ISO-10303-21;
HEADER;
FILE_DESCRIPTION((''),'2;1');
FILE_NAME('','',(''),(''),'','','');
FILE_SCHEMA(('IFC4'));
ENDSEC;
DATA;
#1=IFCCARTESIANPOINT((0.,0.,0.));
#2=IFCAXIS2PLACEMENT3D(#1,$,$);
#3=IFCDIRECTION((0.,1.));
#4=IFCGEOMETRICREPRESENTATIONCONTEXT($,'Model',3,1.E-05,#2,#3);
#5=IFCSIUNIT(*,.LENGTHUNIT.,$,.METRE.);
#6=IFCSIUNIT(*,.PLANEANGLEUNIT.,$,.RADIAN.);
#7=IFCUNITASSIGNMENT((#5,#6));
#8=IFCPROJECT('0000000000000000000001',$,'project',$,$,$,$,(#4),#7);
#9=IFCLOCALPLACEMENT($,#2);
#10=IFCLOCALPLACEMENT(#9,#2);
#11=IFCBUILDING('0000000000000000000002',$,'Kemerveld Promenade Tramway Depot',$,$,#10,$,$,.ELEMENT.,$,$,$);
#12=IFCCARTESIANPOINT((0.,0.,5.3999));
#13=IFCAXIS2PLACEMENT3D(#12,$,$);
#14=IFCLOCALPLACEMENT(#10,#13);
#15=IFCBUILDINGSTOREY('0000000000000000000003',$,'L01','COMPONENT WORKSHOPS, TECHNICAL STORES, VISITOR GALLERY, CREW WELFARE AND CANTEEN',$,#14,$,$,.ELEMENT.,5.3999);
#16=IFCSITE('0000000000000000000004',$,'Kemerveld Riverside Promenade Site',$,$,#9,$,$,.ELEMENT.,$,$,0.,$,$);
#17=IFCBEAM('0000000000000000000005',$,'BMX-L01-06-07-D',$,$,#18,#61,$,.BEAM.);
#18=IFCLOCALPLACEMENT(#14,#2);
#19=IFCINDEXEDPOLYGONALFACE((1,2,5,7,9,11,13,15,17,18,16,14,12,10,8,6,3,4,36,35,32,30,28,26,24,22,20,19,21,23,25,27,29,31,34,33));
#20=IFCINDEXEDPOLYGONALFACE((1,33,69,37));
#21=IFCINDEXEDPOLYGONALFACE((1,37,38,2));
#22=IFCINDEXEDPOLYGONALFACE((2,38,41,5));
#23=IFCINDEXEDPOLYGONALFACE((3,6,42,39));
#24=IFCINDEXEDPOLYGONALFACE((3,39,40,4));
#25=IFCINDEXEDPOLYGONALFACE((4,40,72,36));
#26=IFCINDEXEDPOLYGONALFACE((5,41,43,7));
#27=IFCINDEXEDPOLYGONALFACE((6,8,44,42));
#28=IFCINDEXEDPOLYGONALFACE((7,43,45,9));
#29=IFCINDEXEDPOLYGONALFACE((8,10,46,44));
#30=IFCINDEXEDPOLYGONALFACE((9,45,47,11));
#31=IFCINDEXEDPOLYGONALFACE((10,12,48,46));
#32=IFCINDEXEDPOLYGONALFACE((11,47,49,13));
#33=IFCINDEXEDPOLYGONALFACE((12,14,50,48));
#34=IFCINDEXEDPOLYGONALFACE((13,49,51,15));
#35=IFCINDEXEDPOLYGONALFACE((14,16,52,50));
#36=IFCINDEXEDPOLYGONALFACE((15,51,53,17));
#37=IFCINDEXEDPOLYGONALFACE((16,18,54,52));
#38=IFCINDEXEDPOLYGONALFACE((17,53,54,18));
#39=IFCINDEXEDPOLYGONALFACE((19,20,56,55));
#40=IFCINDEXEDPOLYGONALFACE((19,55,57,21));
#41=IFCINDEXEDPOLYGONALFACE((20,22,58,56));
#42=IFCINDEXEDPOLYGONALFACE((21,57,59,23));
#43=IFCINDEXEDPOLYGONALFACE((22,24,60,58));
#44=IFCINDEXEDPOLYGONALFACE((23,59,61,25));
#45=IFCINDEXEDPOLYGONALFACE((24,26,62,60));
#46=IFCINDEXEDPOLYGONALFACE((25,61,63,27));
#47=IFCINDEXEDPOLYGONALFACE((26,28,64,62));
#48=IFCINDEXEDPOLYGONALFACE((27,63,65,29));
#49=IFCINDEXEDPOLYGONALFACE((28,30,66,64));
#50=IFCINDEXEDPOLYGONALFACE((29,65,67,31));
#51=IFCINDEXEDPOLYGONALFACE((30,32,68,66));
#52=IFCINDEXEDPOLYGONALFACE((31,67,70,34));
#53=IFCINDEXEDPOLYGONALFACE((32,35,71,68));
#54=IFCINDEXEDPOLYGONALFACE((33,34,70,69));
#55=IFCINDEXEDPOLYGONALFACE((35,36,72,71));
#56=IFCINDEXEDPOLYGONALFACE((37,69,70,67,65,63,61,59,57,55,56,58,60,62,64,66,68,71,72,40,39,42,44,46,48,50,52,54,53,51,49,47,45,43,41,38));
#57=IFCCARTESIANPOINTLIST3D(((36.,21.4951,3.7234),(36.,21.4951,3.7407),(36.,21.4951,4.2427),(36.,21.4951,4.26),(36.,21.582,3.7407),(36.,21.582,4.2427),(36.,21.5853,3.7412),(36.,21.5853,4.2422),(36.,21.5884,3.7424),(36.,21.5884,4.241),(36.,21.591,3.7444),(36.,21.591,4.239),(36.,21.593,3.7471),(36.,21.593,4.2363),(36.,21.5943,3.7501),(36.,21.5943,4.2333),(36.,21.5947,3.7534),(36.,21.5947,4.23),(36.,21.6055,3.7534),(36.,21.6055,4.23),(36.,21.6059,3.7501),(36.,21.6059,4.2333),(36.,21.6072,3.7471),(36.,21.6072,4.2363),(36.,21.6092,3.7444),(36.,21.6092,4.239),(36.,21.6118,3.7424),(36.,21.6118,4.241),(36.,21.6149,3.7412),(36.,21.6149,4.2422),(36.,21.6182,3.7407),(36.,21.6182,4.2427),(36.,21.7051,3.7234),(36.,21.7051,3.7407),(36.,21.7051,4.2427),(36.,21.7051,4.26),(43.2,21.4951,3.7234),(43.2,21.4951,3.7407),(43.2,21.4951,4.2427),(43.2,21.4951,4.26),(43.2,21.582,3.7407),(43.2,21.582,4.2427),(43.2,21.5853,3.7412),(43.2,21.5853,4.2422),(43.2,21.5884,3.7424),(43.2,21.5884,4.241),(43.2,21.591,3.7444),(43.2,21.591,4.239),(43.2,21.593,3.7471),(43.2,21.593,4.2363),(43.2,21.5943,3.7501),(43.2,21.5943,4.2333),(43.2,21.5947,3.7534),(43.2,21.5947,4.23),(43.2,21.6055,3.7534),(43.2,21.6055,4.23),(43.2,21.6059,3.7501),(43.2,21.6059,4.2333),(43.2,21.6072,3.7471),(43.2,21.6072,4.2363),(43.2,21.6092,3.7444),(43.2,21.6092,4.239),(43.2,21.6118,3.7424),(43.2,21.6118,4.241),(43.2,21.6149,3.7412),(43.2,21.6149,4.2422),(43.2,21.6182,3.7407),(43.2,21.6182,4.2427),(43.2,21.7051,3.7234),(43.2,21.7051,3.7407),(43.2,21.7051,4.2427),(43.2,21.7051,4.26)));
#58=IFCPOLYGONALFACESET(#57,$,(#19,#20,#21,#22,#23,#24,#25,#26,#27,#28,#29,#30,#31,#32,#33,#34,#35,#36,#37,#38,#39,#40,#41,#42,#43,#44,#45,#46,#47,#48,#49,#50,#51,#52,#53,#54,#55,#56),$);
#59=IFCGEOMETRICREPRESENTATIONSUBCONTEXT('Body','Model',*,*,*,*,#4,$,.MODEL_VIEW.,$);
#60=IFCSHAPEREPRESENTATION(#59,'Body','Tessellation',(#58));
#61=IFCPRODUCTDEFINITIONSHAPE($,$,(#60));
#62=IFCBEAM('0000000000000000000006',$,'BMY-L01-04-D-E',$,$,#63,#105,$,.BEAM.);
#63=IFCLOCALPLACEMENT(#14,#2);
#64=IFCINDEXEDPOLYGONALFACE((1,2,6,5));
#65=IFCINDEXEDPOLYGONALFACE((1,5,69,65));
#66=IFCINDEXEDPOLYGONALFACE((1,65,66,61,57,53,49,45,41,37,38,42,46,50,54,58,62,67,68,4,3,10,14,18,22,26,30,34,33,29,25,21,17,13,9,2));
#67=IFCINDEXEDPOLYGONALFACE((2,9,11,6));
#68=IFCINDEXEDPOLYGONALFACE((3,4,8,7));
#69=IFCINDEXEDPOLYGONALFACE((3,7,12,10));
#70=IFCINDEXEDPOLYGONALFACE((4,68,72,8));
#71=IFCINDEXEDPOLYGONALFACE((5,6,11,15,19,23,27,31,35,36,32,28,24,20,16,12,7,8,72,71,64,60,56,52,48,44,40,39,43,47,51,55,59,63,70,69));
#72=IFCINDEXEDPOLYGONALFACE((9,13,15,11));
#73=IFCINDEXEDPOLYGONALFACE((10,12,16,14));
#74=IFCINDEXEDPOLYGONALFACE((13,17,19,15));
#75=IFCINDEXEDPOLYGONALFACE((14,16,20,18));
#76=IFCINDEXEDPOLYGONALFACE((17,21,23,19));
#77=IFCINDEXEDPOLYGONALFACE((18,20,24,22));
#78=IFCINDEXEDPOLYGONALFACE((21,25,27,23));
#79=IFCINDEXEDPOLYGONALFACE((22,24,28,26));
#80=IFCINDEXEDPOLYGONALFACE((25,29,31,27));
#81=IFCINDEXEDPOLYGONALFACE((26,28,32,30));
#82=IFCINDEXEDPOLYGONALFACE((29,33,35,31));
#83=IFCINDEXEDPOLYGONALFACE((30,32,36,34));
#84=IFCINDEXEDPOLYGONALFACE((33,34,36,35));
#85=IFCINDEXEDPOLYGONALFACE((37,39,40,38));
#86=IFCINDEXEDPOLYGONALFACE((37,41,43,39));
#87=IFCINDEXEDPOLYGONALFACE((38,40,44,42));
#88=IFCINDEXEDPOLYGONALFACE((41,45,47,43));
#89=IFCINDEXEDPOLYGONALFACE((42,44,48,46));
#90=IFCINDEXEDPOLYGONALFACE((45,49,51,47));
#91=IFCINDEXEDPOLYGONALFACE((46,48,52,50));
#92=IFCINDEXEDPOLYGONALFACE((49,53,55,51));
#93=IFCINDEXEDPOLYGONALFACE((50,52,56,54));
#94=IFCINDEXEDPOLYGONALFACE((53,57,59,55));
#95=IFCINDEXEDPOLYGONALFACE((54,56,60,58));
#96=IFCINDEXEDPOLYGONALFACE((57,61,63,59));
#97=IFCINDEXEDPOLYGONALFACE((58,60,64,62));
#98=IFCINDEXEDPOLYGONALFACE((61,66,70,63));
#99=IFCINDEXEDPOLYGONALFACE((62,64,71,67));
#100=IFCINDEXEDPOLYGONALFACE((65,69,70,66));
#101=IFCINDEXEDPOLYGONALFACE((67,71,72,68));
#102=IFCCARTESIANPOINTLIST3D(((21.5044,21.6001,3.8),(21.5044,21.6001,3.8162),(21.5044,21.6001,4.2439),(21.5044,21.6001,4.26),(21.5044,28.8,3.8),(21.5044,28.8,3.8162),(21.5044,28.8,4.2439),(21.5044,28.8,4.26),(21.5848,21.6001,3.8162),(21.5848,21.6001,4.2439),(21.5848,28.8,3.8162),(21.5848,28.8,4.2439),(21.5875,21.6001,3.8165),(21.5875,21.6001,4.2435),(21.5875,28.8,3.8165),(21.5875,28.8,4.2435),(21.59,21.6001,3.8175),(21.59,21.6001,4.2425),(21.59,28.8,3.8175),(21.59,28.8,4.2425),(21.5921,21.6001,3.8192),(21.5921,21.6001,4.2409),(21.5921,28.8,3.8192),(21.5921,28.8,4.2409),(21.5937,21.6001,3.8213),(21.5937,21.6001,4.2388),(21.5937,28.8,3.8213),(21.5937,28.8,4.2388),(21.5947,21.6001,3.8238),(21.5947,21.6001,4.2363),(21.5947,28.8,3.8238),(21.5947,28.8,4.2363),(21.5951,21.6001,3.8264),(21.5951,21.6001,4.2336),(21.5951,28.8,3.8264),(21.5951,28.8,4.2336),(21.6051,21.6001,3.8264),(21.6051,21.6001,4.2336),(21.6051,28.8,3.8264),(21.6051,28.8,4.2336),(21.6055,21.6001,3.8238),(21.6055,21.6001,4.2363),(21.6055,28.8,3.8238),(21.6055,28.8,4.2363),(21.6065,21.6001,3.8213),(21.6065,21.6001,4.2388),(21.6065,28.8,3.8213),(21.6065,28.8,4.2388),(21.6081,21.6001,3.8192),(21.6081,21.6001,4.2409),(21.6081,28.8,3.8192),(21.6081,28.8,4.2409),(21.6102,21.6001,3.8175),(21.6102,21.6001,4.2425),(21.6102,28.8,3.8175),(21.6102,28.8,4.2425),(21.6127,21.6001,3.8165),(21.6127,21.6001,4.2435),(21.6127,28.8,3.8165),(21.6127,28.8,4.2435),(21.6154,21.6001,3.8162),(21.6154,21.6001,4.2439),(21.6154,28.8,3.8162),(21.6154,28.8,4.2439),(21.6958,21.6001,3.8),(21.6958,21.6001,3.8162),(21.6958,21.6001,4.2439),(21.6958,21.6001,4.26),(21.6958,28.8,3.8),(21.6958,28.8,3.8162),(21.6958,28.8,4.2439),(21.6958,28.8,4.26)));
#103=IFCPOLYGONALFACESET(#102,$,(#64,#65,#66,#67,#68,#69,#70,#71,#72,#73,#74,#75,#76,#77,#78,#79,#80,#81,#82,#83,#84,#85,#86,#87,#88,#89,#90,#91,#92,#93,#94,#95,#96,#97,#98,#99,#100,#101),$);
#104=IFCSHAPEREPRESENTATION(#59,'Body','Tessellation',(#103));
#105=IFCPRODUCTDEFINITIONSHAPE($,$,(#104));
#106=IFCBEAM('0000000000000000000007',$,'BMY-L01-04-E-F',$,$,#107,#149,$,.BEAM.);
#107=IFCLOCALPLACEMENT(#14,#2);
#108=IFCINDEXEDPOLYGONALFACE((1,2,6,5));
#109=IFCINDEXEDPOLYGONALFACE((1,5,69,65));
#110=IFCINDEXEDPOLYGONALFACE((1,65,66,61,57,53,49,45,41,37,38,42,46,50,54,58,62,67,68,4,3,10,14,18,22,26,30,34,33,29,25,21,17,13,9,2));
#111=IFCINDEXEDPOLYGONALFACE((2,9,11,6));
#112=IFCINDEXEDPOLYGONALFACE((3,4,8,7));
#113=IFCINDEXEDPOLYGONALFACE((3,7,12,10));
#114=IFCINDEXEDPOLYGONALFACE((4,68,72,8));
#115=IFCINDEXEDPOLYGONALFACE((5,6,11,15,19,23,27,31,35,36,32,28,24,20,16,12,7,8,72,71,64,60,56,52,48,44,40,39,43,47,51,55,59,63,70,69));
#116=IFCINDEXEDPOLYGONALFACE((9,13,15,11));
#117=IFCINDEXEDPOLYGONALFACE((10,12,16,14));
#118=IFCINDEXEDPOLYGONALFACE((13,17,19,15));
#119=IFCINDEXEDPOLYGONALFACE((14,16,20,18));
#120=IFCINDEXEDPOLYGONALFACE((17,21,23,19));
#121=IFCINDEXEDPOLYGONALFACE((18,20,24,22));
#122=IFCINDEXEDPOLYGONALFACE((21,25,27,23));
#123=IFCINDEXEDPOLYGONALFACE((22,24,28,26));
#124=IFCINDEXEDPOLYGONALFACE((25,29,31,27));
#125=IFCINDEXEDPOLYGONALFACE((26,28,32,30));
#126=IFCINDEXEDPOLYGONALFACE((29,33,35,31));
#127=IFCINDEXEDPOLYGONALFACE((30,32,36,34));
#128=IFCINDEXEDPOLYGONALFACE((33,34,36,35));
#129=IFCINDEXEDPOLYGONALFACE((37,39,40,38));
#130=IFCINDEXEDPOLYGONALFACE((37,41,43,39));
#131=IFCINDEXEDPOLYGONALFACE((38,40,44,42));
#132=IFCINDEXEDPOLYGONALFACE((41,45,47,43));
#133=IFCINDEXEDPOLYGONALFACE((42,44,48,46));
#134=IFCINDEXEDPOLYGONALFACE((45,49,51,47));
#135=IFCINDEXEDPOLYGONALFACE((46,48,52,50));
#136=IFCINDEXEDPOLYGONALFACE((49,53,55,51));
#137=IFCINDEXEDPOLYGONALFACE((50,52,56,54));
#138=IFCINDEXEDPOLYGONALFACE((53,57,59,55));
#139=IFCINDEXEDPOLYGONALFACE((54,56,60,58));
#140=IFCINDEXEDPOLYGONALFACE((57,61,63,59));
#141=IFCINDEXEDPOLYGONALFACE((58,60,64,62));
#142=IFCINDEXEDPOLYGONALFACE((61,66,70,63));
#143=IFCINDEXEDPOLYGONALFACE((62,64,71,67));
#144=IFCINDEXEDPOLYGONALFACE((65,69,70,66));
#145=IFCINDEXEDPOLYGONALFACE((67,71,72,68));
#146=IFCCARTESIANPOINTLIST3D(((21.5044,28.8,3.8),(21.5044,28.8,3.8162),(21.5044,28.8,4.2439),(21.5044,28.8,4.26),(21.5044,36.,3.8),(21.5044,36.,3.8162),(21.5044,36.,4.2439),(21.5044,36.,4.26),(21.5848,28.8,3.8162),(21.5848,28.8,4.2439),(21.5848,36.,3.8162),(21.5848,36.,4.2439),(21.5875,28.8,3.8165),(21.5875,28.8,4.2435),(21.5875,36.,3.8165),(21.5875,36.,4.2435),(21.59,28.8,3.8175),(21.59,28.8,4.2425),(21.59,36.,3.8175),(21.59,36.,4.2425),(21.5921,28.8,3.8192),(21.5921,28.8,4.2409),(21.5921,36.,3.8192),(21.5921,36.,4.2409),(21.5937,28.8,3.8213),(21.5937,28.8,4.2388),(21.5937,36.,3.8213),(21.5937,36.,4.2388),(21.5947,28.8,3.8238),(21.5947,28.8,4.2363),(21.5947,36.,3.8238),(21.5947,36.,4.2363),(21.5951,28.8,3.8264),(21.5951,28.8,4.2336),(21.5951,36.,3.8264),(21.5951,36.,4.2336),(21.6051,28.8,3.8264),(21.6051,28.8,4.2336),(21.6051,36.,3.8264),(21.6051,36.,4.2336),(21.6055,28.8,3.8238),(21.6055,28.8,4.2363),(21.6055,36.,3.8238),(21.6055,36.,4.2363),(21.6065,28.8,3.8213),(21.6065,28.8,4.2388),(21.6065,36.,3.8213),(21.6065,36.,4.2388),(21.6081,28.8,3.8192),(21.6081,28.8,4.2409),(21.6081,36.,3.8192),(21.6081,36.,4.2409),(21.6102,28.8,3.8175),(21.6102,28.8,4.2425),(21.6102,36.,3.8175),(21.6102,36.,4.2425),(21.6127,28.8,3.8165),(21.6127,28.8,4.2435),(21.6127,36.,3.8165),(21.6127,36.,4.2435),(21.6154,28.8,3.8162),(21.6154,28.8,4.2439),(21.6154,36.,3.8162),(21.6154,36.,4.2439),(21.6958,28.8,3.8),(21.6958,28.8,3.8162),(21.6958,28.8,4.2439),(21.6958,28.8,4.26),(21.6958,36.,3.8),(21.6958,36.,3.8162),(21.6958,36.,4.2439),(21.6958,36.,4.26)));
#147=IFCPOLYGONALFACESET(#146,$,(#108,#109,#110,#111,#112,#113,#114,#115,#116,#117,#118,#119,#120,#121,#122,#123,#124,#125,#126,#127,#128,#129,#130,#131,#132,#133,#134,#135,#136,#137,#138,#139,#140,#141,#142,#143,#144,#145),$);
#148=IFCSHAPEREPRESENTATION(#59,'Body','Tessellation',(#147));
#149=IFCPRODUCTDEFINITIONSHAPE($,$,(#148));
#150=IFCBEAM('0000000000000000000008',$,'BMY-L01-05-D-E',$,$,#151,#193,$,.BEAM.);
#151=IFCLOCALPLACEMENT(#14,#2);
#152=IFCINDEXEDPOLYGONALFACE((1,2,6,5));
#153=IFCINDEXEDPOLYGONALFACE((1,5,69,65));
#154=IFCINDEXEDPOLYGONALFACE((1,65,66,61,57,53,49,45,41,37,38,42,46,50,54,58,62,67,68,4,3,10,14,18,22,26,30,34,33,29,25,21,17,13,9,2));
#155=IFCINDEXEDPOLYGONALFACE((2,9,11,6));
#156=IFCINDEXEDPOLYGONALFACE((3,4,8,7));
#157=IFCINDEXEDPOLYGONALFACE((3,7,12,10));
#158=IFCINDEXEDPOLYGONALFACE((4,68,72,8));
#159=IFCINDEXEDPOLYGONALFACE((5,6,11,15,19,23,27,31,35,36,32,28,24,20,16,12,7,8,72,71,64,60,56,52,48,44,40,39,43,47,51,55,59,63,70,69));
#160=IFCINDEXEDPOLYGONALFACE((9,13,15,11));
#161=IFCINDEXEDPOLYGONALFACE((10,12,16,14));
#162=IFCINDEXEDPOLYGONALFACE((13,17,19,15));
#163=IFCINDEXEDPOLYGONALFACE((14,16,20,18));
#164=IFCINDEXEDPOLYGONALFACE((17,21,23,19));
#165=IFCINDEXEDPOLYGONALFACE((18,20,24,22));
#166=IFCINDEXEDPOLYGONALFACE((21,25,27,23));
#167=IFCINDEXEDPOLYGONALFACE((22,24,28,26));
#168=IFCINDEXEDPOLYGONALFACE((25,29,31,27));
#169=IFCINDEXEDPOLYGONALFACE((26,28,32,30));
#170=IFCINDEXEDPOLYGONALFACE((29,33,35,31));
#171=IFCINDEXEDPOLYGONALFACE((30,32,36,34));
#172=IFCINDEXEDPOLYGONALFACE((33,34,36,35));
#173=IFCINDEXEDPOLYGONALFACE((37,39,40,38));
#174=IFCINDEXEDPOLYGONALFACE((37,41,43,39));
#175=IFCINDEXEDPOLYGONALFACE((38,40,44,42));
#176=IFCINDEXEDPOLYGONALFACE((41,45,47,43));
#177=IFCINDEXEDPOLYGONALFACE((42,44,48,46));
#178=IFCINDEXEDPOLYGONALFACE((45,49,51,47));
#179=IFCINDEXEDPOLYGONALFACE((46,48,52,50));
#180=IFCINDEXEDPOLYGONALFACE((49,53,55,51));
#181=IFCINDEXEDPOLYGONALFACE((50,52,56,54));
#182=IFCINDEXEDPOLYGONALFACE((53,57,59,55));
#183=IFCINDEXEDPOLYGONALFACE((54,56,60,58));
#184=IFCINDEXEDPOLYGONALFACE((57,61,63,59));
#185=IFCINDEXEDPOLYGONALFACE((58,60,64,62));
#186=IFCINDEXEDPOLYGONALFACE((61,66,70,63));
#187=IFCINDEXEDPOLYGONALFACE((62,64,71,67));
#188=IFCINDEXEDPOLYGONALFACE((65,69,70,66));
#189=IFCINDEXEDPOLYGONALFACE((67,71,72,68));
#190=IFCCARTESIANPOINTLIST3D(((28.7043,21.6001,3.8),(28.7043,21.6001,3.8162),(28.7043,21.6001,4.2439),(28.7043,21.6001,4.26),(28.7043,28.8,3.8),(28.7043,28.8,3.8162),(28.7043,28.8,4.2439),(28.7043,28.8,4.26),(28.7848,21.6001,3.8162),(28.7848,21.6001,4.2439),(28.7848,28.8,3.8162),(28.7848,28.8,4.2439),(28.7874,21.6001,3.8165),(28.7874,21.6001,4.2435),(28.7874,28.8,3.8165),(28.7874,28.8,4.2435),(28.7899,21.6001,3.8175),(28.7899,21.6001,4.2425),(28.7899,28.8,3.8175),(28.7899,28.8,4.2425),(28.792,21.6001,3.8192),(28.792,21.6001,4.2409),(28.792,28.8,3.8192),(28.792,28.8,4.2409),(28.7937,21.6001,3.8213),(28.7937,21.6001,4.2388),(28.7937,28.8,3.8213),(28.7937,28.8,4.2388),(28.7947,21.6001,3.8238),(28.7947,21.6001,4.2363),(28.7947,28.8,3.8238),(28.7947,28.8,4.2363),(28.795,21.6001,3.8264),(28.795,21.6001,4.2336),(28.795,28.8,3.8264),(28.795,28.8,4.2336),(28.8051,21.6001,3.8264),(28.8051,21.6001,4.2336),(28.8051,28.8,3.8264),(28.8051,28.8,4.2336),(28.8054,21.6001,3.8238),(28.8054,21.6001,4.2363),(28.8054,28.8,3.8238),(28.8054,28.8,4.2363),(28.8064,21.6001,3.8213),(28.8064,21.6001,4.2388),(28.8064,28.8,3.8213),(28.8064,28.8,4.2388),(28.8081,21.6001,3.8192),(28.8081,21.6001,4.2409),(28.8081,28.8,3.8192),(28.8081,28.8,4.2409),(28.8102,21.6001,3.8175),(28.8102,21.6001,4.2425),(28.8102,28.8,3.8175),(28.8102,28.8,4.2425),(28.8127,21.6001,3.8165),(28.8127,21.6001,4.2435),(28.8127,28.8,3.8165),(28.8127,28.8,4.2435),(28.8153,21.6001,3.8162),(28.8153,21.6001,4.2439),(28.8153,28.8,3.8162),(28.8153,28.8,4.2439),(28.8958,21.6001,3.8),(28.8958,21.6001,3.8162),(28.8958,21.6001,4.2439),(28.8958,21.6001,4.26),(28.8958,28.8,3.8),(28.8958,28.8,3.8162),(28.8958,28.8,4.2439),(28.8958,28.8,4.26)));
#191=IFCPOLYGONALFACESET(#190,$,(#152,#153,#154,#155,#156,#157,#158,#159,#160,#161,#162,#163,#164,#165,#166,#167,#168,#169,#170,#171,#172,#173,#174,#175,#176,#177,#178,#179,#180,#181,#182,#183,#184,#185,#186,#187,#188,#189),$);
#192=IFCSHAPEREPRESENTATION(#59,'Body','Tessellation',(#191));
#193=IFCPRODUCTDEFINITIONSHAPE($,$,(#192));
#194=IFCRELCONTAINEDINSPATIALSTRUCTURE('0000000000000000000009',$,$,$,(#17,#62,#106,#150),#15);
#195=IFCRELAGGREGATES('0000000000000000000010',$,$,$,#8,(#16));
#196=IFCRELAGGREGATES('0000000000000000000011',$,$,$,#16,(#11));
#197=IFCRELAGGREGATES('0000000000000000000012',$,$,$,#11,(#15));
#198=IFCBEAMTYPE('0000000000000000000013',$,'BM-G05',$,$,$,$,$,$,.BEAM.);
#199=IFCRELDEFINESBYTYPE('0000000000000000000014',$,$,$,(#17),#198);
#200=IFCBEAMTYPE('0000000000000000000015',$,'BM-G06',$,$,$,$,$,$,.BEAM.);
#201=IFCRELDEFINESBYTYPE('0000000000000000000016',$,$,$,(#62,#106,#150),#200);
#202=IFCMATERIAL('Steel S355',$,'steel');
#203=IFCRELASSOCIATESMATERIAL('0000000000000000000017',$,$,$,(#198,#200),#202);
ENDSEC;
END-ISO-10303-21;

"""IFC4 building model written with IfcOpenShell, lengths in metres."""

from ifc_helpers import new_model, si_unit, direction, frame, origin, origin_2d, place, context, subcontext, project, spatial, i_section, extrude, material, material_profile, profile_set, type_object, element, save


model = new_model("IFC4")

# Units and contexts
model_context = context("Model", 3, precision=1e-05, world=origin(), true_north=direction((0.0, 1.0)))
body_context = subcontext(model_context, "Body", "Model", "MODEL_VIEW")
ifc_project = project(units=[si_unit("LENGTHUNIT", "METRE"), si_unit("PLANEANGLEUNIT", "RADIAN")], contexts=[model_context])

# Site, building, storey
site_placement = place(None, origin())
site = spatial("IfcSite", under=ifc_project, at=site_placement, Name="Kemerveld Riverside Promenade Site", CompositionType="ELEMENT", RefElevation=0.0)
building_placement = place(site_placement, origin())
building = spatial("IfcBuilding", under=site, at=building_placement, Name="Kemerveld Promenade Tramway Depot", CompositionType="ELEMENT")
storey_placement = place(building_placement, frame((0.0, 0.0, 5.3999)))
storey = spatial("IfcBuildingStorey", under=building, at=storey_placement, Name="L01", Description="COMPONENT WORKSHOPS, TECHNICAL STORES, VISITOR GALLERY, CREW WELFARE AND CANTEEN", CompositionType="ELEMENT", Elevation=5.3999)

# Shared definitions
ifc_material_1 = material(Name="Steel S355", Category="steel")

# Beams
ifc_material_profile_1 = material_profile(ifc_material_1, i_section(OverallWidth=0.21, OverallDepth=0.5366, WebThickness=0.0107, FlangeThickness=0.0173, FilletRadius=0.0127, at=origin_2d()), Name="533x210x101 UB")
ifc_profile_set_1 = profile_set([ifc_material_profile_1], Name="Steel S355")
beam_type_1 = type_object("IfcBeamType", Name="BM-G05", PredefinedType="BEAM", material=ifc_profile_set_1)
for number, where, z_axis, x_axis, name in (
    (1, (36.0, 21.6001, 3.9917), (1.0, 0.0, 0.0), (0.0, 1.0, 0.0), "BMX-L01-06-07-D"),
):
    element("IfcBeam", number, at=place(storey_placement, frame(where, z_axis=z_axis, x_axis=x_axis)), inside=storey, type_object=beam_type_1, Name=name, PredefinedType="BEAM", context=body_context, shape_type="SweptSolid", body=[
        extrude(i_section(OverallWidth=0.21, OverallDepth=0.5366, WebThickness=0.0107, FlangeThickness=0.0173, FilletRadius=0.0127, at=origin_2d()), origin(), (0.0, 0.0, 1.0), 7.2),
    ])
ifc_material_profile_2 = material_profile(ifc_material_1, i_section(OverallWidth=0.1914, OverallDepth=0.46, WebThickness=0.01, FlangeThickness=0.0161, FilletRadius=0.0103, at=origin_2d()), Name="457x191x82 UB")
ifc_profile_set_2 = profile_set([ifc_material_profile_2], Name="Steel S355")
beam_type_2 = type_object("IfcBeamType", Name="BM-G06", PredefinedType="BEAM", material=ifc_profile_set_2)
for number, where, z_axis, x_axis, name in (
    (2, (21.6001, 21.6001, 4.03), (0.0, 1.0, 0.0), (-1.0, 0.0, 0.0), "BMY-L01-04-D-E"),
    (3, (21.6001, 28.8, 4.03), (0.0, 1.0, 0.0), (-1.0, 0.0, 0.0), "BMY-L01-04-E-F"),
    (4, (28.8, 21.6001, 4.03), (0.0, 1.0, 0.0), (-1.0, 0.0, 0.0), "BMY-L01-05-D-E"),
):
    element("IfcBeam", number, at=place(storey_placement, frame(where, z_axis=z_axis, x_axis=x_axis)), inside=storey, type_object=beam_type_2, Name=name, PredefinedType="BEAM", context=body_context, shape_type="SweptSolid", body=[
        extrude(i_section(OverallWidth=0.1914, OverallDepth=0.46, WebThickness=0.01, FlangeThickness=0.0161, FilletRadius=0.0103, at=origin_2d()), origin(), (0.0, 0.0, 1.0), 7.2),
    ])

save(model, "model.ifc")
